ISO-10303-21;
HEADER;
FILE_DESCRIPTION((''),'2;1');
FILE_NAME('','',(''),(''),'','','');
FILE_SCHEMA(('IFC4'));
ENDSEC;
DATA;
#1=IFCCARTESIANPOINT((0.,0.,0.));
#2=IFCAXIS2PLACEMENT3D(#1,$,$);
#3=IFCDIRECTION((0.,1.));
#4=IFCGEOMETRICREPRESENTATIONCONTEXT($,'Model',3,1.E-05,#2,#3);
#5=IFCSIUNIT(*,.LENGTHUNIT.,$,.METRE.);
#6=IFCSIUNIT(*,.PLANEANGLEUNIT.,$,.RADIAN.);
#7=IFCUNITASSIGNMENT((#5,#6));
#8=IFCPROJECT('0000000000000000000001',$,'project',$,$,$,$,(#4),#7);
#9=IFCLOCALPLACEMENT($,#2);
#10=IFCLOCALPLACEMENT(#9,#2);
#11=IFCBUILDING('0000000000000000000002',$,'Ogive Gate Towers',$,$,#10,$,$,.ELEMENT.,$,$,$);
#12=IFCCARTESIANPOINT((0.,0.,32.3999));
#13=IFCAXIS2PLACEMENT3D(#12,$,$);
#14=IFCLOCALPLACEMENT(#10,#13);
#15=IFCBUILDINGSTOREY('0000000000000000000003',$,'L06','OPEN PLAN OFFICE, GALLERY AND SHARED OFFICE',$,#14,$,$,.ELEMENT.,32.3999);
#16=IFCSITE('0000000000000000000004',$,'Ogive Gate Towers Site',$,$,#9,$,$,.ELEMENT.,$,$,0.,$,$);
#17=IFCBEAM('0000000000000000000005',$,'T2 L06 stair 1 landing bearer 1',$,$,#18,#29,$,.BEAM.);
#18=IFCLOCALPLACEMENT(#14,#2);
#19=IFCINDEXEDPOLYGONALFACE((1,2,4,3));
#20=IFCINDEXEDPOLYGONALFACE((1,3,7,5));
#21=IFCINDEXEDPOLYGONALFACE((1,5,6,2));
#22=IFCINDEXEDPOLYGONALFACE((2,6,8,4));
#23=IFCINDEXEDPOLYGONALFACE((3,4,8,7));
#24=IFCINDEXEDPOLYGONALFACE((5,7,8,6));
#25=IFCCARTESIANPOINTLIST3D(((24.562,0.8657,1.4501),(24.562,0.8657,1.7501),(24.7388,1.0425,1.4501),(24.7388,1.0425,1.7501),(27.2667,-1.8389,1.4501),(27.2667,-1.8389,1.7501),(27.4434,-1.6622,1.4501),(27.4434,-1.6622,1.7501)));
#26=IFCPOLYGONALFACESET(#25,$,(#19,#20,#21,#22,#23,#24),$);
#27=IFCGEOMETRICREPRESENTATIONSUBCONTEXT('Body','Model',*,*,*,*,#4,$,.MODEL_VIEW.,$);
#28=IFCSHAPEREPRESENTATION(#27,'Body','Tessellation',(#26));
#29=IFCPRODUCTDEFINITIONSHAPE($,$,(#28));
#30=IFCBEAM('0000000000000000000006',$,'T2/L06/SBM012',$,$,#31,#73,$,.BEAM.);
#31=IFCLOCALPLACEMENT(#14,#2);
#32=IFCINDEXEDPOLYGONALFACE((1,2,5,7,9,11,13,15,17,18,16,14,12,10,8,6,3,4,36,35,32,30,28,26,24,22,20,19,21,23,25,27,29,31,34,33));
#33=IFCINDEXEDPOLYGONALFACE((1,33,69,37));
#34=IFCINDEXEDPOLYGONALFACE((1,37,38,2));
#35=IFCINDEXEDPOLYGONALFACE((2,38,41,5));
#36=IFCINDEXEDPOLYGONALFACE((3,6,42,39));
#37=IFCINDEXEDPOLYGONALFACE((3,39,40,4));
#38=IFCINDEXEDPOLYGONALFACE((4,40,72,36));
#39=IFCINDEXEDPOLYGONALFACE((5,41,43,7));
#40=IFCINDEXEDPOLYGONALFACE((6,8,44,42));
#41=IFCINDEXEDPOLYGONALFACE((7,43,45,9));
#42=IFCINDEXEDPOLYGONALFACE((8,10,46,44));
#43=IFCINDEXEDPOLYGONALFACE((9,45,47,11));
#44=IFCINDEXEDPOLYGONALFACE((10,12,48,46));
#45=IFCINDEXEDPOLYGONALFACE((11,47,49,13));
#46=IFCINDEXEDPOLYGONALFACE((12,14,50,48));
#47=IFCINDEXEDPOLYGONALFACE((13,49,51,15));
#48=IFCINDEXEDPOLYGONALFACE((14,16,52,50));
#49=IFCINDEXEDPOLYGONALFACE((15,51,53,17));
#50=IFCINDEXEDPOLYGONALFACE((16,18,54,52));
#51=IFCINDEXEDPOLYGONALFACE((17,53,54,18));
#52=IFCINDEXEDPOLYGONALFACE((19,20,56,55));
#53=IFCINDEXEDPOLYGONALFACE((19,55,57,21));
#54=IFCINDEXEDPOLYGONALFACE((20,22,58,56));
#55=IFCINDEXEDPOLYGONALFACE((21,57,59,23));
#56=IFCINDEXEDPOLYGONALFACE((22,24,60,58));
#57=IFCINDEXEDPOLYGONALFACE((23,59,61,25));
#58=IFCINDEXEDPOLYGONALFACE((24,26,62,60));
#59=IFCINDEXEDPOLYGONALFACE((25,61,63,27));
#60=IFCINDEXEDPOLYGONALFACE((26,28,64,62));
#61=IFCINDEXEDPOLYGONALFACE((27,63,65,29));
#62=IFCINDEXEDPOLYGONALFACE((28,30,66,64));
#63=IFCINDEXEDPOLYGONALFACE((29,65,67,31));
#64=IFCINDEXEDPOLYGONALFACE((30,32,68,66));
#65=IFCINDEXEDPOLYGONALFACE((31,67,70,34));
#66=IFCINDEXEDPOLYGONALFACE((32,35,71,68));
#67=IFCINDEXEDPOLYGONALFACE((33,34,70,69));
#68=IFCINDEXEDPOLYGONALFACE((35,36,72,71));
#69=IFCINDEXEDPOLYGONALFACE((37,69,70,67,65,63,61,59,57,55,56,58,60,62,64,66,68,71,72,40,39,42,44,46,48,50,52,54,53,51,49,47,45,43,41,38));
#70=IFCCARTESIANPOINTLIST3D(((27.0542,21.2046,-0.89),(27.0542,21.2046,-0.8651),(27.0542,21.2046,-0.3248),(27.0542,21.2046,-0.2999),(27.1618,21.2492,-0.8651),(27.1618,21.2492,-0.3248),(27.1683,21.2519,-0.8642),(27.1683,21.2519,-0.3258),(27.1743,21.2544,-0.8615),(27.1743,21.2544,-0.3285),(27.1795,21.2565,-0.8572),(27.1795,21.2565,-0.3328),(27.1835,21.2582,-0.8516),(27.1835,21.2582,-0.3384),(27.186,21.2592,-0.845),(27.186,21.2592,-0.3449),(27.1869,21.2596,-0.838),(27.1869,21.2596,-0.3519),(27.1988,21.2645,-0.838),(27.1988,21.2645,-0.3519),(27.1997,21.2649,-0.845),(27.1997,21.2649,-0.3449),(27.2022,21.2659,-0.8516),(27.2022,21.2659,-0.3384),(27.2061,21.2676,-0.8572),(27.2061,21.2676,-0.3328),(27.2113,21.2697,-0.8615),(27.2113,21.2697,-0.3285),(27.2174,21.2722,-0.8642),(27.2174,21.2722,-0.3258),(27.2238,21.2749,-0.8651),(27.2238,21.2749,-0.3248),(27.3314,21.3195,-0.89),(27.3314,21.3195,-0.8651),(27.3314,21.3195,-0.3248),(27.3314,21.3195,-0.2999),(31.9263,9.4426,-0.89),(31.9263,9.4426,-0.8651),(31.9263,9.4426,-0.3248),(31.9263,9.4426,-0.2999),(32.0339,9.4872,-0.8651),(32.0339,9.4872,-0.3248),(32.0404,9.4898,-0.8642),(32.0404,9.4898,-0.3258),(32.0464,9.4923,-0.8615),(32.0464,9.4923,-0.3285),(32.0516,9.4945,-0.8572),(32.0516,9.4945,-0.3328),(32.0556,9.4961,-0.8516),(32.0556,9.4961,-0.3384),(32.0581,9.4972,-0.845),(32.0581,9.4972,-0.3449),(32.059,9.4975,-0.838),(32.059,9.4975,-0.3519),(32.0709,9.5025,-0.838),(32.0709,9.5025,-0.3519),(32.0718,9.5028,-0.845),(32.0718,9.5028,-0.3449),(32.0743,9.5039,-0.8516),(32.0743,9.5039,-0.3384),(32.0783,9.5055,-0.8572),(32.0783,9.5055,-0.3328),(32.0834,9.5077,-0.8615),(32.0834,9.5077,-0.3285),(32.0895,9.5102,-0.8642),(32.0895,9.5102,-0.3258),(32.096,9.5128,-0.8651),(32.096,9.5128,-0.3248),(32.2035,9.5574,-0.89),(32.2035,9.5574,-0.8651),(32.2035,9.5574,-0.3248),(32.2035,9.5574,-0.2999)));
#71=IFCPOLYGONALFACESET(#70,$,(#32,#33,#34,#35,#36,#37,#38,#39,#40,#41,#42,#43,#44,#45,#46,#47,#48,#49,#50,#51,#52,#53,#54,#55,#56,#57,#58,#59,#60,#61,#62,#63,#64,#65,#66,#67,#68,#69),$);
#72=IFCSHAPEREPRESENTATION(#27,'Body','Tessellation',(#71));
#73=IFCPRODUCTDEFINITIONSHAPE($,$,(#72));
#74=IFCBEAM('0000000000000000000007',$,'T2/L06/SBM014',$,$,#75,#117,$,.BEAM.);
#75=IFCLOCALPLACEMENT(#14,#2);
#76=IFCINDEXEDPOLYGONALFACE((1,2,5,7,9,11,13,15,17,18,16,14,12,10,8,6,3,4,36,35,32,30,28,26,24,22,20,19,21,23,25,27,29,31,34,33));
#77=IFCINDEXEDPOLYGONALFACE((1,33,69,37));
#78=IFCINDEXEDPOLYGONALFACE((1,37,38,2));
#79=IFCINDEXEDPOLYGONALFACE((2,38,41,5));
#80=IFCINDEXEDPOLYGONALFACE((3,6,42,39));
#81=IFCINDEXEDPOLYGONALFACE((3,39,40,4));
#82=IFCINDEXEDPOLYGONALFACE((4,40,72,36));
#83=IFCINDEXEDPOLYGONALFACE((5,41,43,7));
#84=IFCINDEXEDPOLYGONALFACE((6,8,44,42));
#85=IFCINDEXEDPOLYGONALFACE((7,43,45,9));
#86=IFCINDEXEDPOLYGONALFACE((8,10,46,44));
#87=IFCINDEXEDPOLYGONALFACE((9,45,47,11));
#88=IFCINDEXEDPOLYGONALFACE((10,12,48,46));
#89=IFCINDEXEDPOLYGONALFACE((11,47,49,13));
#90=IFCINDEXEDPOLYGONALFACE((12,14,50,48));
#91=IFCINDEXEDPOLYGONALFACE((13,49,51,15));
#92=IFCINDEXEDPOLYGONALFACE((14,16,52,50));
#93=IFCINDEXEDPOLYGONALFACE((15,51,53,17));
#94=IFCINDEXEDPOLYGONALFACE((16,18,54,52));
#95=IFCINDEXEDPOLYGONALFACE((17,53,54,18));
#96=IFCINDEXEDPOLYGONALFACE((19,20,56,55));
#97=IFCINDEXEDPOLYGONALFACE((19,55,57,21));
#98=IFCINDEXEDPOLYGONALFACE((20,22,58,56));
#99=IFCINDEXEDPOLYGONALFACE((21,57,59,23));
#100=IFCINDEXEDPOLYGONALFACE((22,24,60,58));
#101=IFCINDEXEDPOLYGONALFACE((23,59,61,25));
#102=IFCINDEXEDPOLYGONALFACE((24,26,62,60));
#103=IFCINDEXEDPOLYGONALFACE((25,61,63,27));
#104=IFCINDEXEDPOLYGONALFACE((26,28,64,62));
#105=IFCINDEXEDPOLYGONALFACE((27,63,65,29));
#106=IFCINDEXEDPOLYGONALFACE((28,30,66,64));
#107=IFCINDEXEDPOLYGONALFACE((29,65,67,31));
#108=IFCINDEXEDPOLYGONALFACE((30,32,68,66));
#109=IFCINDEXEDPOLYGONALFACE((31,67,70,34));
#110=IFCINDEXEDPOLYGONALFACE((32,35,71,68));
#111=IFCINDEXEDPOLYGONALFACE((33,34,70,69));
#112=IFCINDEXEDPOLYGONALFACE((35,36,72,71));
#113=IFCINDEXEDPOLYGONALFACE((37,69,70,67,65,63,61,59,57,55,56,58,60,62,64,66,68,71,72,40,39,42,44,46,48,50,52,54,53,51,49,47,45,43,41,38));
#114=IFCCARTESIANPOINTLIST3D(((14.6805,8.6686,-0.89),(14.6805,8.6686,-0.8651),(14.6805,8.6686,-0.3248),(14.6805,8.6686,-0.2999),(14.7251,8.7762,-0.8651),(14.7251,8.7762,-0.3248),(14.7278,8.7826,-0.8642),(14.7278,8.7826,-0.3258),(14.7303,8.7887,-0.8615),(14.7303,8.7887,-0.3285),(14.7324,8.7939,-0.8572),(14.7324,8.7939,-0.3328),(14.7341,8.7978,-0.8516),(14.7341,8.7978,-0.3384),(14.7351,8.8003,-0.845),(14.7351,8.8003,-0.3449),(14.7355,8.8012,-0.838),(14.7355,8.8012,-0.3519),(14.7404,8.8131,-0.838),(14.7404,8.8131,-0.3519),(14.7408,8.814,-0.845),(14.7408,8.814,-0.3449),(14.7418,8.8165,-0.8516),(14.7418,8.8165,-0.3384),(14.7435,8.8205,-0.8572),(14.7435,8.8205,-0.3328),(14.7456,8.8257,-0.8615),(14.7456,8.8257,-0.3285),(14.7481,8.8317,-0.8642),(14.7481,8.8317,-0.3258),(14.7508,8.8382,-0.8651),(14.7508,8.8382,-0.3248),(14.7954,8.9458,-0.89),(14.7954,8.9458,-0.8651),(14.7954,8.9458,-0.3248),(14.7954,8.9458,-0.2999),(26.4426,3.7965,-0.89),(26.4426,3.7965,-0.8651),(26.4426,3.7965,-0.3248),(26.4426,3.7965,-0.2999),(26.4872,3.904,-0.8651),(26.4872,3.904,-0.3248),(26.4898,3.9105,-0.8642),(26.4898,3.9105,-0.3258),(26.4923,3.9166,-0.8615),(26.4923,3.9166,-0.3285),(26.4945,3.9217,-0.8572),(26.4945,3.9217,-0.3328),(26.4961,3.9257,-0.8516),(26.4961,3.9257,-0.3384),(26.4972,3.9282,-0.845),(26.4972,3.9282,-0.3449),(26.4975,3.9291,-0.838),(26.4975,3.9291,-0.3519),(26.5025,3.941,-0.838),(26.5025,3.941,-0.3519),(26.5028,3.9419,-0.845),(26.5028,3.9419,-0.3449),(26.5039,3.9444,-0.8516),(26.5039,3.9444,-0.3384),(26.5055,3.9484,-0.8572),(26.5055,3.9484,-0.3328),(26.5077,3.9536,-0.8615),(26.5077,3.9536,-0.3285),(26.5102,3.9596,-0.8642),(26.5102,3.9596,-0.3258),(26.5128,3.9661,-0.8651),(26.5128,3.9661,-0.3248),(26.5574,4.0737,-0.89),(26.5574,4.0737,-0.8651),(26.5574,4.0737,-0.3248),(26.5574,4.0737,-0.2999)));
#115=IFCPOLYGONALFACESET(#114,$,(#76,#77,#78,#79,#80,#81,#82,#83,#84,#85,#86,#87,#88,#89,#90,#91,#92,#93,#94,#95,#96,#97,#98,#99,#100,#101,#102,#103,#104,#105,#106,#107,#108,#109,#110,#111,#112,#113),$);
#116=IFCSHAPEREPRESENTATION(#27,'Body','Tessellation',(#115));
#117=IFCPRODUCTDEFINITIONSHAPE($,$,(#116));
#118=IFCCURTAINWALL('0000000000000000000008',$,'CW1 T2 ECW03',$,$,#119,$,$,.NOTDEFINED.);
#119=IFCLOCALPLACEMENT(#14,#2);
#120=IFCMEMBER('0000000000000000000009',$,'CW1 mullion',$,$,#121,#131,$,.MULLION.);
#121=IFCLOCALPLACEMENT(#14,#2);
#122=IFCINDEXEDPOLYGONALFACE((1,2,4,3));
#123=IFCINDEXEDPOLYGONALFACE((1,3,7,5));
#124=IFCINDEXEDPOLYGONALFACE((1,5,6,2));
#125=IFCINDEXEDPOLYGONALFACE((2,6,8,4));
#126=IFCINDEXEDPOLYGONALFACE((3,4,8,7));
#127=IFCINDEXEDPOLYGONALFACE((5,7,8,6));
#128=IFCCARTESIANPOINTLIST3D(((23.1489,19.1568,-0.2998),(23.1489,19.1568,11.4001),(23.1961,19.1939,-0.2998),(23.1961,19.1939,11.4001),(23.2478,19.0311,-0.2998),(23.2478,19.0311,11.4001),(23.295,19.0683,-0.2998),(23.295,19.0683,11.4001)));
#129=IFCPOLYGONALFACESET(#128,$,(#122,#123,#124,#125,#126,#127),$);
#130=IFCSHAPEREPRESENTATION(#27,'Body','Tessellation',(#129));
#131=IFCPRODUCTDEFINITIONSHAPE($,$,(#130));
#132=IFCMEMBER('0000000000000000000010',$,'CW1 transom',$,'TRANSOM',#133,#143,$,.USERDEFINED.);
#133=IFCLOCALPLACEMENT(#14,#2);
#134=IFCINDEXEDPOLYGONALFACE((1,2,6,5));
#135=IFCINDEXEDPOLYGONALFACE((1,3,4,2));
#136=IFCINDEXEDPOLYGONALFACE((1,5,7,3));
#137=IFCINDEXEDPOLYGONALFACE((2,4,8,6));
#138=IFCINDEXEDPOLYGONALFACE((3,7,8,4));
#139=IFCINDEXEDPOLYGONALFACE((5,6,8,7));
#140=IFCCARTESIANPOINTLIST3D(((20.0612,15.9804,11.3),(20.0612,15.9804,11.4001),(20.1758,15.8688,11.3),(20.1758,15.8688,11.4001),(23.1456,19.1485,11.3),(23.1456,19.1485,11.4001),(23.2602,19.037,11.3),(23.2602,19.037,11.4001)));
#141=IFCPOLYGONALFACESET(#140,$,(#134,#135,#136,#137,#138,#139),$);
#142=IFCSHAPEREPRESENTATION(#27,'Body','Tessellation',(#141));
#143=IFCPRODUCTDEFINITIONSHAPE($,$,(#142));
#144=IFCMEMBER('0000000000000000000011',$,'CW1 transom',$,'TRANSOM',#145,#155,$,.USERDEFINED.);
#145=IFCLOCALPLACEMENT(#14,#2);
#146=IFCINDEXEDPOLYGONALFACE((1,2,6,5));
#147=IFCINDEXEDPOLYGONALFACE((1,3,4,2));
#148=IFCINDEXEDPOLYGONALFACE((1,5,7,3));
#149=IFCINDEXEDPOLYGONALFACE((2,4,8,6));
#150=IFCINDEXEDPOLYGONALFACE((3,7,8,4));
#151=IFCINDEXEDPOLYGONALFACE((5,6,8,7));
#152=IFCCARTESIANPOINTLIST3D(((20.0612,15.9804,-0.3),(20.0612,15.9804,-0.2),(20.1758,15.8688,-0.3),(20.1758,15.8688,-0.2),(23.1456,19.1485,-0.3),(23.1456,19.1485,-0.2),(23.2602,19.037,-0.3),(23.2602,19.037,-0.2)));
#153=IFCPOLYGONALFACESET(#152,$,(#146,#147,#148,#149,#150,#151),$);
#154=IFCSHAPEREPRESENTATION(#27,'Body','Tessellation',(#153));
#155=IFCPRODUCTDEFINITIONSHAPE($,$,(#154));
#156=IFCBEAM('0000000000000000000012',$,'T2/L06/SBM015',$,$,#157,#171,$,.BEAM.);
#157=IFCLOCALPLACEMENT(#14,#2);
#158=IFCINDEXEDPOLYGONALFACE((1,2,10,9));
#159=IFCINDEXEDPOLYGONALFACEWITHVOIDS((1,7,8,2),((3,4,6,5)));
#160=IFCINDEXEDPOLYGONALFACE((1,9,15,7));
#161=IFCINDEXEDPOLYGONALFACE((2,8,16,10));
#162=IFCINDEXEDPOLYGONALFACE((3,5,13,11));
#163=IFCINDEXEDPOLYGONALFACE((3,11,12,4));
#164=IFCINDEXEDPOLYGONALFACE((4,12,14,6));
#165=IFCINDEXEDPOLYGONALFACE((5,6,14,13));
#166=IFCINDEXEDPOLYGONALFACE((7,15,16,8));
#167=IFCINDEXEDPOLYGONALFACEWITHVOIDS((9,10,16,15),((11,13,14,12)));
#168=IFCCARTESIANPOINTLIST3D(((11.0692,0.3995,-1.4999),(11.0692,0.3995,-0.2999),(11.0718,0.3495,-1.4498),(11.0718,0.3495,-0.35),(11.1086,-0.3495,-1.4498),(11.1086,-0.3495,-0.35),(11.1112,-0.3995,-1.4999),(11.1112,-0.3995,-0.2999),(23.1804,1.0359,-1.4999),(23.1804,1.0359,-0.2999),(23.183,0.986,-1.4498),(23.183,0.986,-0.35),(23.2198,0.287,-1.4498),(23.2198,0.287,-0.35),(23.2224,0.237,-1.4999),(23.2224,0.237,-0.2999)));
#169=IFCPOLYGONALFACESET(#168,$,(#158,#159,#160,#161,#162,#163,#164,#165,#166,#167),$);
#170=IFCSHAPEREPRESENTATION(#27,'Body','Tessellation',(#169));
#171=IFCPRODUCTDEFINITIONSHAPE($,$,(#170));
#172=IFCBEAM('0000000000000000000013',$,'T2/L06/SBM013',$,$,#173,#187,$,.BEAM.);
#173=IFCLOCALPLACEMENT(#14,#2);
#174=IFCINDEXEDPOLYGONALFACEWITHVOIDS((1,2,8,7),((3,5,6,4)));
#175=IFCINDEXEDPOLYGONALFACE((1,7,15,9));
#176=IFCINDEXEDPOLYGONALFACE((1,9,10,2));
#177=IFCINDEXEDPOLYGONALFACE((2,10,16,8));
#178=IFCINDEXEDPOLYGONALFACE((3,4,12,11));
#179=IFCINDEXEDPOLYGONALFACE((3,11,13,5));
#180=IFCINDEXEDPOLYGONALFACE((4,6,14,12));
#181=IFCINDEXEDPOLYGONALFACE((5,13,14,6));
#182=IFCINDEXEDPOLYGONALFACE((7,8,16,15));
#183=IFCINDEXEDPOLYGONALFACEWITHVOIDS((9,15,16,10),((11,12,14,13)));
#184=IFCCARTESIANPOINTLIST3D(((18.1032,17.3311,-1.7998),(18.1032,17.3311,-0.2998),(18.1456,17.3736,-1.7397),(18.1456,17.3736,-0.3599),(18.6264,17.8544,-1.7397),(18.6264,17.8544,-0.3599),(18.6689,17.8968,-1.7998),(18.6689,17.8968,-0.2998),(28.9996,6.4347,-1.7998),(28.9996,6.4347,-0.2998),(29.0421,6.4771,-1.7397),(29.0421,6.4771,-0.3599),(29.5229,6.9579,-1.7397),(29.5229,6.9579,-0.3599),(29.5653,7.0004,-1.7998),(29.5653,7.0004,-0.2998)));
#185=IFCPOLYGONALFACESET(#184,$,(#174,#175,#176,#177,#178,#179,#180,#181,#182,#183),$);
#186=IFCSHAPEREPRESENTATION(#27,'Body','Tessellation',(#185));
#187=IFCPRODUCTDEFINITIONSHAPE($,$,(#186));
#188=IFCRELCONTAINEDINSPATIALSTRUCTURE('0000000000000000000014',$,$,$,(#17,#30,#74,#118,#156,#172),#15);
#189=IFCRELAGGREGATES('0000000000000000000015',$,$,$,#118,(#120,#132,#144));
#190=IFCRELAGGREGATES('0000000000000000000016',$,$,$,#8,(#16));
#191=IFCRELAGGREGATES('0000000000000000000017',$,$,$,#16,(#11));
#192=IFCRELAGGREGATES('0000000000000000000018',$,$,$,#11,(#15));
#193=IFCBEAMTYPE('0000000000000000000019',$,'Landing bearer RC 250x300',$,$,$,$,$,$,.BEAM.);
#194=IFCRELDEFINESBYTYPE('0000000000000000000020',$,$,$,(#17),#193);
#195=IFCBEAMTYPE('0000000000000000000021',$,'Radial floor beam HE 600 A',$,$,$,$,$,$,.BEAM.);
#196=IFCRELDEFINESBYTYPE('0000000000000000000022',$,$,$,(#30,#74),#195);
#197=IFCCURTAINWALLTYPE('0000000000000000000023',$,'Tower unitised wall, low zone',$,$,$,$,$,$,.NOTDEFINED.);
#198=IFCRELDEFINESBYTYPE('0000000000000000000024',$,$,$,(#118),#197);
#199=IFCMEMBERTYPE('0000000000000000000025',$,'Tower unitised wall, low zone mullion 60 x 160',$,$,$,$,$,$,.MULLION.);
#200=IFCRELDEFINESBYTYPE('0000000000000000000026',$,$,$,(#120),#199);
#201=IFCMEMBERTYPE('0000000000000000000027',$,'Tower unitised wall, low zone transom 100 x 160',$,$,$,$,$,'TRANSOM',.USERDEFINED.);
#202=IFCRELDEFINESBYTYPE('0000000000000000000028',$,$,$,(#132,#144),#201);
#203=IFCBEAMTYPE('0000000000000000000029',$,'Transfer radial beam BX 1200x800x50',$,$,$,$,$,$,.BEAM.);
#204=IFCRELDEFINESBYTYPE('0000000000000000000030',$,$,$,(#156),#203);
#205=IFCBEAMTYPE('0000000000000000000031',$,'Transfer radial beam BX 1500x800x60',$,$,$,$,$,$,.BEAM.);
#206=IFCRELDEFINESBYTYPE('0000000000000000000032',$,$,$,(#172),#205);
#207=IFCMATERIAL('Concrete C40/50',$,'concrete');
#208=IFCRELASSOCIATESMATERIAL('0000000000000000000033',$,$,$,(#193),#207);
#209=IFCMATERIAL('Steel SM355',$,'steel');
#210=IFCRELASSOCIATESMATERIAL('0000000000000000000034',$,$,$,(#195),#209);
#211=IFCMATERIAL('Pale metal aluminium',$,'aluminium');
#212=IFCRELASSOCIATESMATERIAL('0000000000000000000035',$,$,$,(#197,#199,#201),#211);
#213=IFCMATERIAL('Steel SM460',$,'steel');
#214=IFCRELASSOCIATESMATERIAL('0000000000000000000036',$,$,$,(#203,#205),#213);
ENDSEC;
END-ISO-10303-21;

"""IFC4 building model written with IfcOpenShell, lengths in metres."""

from ifc_helpers import new_model, si_unit, direction, frame, origin, origin_2d, place, context, subcontext, project, spatial, rectangle, hollow_rectangle, i_section, extrude, material, material_profile, profile_set, type_object, element, aggregate, save


model = new_model("IFC4")

# Units and contexts
model_context = context("Model", 3, precision=1e-05, world=origin(), true_north=direction((0.0, 1.0)))
body_context = subcontext(model_context, "Body", "Model", "MODEL_VIEW")
ifc_project = project(units=[si_unit("LENGTHUNIT", "METRE"), si_unit("PLANEANGLEUNIT", "RADIAN")], contexts=[model_context])

# Site, building, storey
site_placement = place(None, origin())
site = spatial("IfcSite", under=ifc_project, at=site_placement, Name="Ogive Gate Towers Site", CompositionType="ELEMENT", RefElevation=0.0)
building_placement = place(site_placement, origin())
building = spatial("IfcBuilding", under=site, at=building_placement, Name="Ogive Gate Towers", CompositionType="ELEMENT")
storey_placement = place(building_placement, frame((0.0, 0.0, 32.3999)))
storey = spatial("IfcBuildingStorey", under=building, at=storey_placement, Name="L06", Description="OPEN PLAN OFFICE, GALLERY AND SHARED OFFICE", CompositionType="ELEMENT", Elevation=32.3999)

# Beams
ifc_material_1 = material(Name="Concrete C40/50", Category="concrete")
ifc_material_profile_1 = material_profile(ifc_material_1, rectangle(XDim=0.25, YDim=0.3, at=origin_2d()), Name="RC 250x300")
ifc_profile_set_1 = profile_set([ifc_material_profile_1], Name="Concrete C40/50")
beam_type_1 = type_object("IfcBeamType", Name="Landing bearer RC 250x300", PredefinedType="BEAM", material=ifc_profile_set_1)
beam_1_placement = place(storey_placement, frame((24.6504, 0.9541, 1.6001), z_axis=(0.707107, -0.707107, 0.0), x_axis=(0.707107, 0.707107, 0.0)))
element("IfcBeam", 1, at=beam_1_placement, inside=storey, type_object=beam_type_1, Name="T2 L06 stair 1 landing bearer 1", PredefinedType="BEAM", context=body_context, shape_type="SweptSolid", body=[
    extrude(rectangle(XDim=0.25, YDim=0.3, at=origin_2d()), origin(), (0.0, 0.0, 1.0), 3.825),
])
ifc_material_2 = material(Name="Steel SM355", Category="steel")
ifc_material_profile_2 = material_profile(ifc_material_2, i_section(OverallWidth=0.3, OverallDepth=0.5901, WebThickness=0.0129, FlangeThickness=0.0249, FilletRadius=0.0271, at=origin_2d()), Name="HE 600 A")
ifc_profile_set_2 = profile_set([ifc_material_profile_2], Name="Steel SM355")
beam_type_2 = type_object("IfcBeamType", Name="Radial floor beam HE 600 A", PredefinedType="BEAM", material=ifc_profile_set_2)
for number, where, z_axis, x_axis, name in (
    (2, (32.0649, 9.5, -0.595), (-0.382691, 0.923877, 0.0), (-0.923877, -0.382691, 0.0), "T2/L06/SBM012"),
    (3, (26.5, 3.9351, -0.595), (-0.923877, 0.382691, 0.0), (-0.382691, -0.923877, 0.0), "T2/L06/SBM014"),
):
    element("IfcBeam", number, at=place(storey_placement, frame(where, z_axis=z_axis, x_axis=x_axis)), inside=storey, type_object=beam_type_2, Name=name, PredefinedType="BEAM", context=body_context, shape_type="SweptSolid", body=[
        extrude(i_section(OverallWidth=0.3, OverallDepth=0.5901, WebThickness=0.0129, FlangeThickness=0.0249, FilletRadius=0.0271, at=origin_2d()), origin(), (0.0, 0.0, 1.0), 12.7312),
    ])

# Curtain wall, members
ifc_material_3 = material(Name="Pale metal aluminium", Category="aluminium")
curtain_wall_type = type_object("IfcCurtainWallType", Name="Tower unitised wall, low zone", PredefinedType="NOTDEFINED", material=ifc_material_3)
curtain_wall_placement = place(storey_placement, origin())
curtain_wall = element("IfcCurtainWall", 4, at=curtain_wall_placement, inside=storey, type_object=curtain_wall_type, Name="CW1 T2 ECW03", PredefinedType="NOTDEFINED")
ifc_material_profile_3 = material_profile(ifc_material_3, rectangle(XDim=0.1599, YDim=0.0601, at=origin_2d()), Name="60 x 160 aluminium box")
ifc_profile_set_3 = profile_set([ifc_material_profile_3], Name="Pale metal aluminium")
member_type_1 = type_object("IfcMemberType", Name="Tower unitised wall, low zone mullion 60 x 160", PredefinedType="MULLION", material=ifc_profile_set_3)
member_1_placement = place(storey_placement, frame((23.2219, 19.1125, -0.2998), z_axis=(0.0, 0.0, 1.0), x_axis=(-0.618532, 0.78576, 0.0)))
member_1 = element("IfcMember", 5, at=member_1_placement, type_object=member_type_1, Name="CW1 mullion", PredefinedType="MULLION", context=body_context, shape_type="SweptSolid", body=[
    extrude(rectangle(XDim=0.1599, YDim=0.0601, at=origin_2d()), origin(), (0.0, 0.0, 1.0), 11.7),
])
ifc_material_profile_4 = material_profile(ifc_material_3, rectangle(XDim=0.1599, YDim=0.1001, at=origin_2d()), Name="100 x 160 aluminium box")
ifc_profile_set_4 = profile_set([ifc_material_profile_4], Name="Pale metal aluminium")
member_type_2 = type_object("IfcMemberType", Name="Tower unitised wall, low zone transom 100 x 160", ElementType="TRANSOM", PredefinedType="USERDEFINED", material=ifc_profile_set_4)
member_2_placement = place(storey_placement, frame((23.2029, 19.0928, 11.3501), z_axis=(-0.697574, -0.716513, 0.0), x_axis=(0.716513, -0.697574, 0.0)))
member_2 = element("IfcMember", 6, at=member_2_placement, type_object=member_type_2, Name="CW1 transom", ObjectType="TRANSOM", PredefinedType="USERDEFINED", context=body_context, shape_type="SweptSolid", body=[
    extrude(rectangle(XDim=0.1599, YDim=0.1001, at=origin_2d()), origin(), (0.0, 0.0, 1.0), 4.4216),
])
member_3_placement = place(storey_placement, frame((23.2029, 19.0928, -0.25), z_axis=(-0.697574, -0.716513, 0.0), x_axis=(0.716513, -0.697574, 0.0)))
member_3 = element("IfcMember", 7, at=member_3_placement, type_object=member_type_2, Name="CW1 transom", ObjectType="TRANSOM", PredefinedType="USERDEFINED", context=body_context, shape_type="SweptSolid", body=[
    extrude(rectangle(XDim=0.1599, YDim=0.1001, at=origin_2d()), origin(), (0.0, 0.0, 1.0), 4.4216),
])

# Beams
ifc_material_4 = material(Name="Steel SM460", Category="steel")
ifc_material_profile_5 = material_profile(ifc_material_4, hollow_rectangle(XDim=0.8, YDim=1.2, WallThickness=0.05, at=origin_2d()), Name="BX 1200x800x50")
ifc_profile_set_5 = profile_set([ifc_material_profile_5], Name="Steel SM460")
beam_type_3 = type_object("IfcBeamType", Name="Transfer radial beam BX 1200x800x50", PredefinedType="BEAM", material=ifc_profile_set_5)
beam_2_placement = place(storey_placement, frame((23.2014, 0.6365, -0.8999), z_axis=(-0.998622, -0.05248, 0.0), x_axis=(0.05248, -0.998622, 0.0)))
element("IfcBeam", 8, at=beam_2_placement, inside=storey, type_object=beam_type_3, Name="T2/L06/SBM015", PredefinedType="BEAM", context=body_context, shape_type="SweptSolid", body=[
    extrude(hollow_rectangle(XDim=0.8, YDim=1.2, WallThickness=0.05, at=origin_2d()), origin(), (0.0, 0.0, 1.0), 12.1279),
])
ifc_material_profile_6 = material_profile(ifc_material_4, hollow_rectangle(XDim=0.8, YDim=1.5, WallThickness=0.0601, at=origin_2d()), Name="BX 1500x800x60")
ifc_profile_set_6 = profile_set([ifc_material_profile_6], Name="Steel SM460")
beam_type_4 = type_object("IfcBeamType", Name="Transfer radial beam BX 1500x800x60", PredefinedType="BEAM", material=ifc_profile_set_6)
beam_3_placement = place(storey_placement, frame((29.2825, 6.7175, -1.0498), z_axis=(-0.707107, 0.707107, 0.0), x_axis=(-0.707107, -0.707107, 0.0)))
element("IfcBeam", 9, at=beam_3_placement, inside=storey, type_object=beam_type_4, Name="T2/L06/SBM013", PredefinedType="BEAM", context=body_context, shape_type="SweptSolid", body=[
    extrude(hollow_rectangle(XDim=0.8, YDim=1.5, WallThickness=0.0601, at=origin_2d()), origin(), (0.0, 0.0, 1.0), 15.4099),
])

aggregate(curtain_wall, [member_1, member_2, member_3])

save(model, "model.ifc")
